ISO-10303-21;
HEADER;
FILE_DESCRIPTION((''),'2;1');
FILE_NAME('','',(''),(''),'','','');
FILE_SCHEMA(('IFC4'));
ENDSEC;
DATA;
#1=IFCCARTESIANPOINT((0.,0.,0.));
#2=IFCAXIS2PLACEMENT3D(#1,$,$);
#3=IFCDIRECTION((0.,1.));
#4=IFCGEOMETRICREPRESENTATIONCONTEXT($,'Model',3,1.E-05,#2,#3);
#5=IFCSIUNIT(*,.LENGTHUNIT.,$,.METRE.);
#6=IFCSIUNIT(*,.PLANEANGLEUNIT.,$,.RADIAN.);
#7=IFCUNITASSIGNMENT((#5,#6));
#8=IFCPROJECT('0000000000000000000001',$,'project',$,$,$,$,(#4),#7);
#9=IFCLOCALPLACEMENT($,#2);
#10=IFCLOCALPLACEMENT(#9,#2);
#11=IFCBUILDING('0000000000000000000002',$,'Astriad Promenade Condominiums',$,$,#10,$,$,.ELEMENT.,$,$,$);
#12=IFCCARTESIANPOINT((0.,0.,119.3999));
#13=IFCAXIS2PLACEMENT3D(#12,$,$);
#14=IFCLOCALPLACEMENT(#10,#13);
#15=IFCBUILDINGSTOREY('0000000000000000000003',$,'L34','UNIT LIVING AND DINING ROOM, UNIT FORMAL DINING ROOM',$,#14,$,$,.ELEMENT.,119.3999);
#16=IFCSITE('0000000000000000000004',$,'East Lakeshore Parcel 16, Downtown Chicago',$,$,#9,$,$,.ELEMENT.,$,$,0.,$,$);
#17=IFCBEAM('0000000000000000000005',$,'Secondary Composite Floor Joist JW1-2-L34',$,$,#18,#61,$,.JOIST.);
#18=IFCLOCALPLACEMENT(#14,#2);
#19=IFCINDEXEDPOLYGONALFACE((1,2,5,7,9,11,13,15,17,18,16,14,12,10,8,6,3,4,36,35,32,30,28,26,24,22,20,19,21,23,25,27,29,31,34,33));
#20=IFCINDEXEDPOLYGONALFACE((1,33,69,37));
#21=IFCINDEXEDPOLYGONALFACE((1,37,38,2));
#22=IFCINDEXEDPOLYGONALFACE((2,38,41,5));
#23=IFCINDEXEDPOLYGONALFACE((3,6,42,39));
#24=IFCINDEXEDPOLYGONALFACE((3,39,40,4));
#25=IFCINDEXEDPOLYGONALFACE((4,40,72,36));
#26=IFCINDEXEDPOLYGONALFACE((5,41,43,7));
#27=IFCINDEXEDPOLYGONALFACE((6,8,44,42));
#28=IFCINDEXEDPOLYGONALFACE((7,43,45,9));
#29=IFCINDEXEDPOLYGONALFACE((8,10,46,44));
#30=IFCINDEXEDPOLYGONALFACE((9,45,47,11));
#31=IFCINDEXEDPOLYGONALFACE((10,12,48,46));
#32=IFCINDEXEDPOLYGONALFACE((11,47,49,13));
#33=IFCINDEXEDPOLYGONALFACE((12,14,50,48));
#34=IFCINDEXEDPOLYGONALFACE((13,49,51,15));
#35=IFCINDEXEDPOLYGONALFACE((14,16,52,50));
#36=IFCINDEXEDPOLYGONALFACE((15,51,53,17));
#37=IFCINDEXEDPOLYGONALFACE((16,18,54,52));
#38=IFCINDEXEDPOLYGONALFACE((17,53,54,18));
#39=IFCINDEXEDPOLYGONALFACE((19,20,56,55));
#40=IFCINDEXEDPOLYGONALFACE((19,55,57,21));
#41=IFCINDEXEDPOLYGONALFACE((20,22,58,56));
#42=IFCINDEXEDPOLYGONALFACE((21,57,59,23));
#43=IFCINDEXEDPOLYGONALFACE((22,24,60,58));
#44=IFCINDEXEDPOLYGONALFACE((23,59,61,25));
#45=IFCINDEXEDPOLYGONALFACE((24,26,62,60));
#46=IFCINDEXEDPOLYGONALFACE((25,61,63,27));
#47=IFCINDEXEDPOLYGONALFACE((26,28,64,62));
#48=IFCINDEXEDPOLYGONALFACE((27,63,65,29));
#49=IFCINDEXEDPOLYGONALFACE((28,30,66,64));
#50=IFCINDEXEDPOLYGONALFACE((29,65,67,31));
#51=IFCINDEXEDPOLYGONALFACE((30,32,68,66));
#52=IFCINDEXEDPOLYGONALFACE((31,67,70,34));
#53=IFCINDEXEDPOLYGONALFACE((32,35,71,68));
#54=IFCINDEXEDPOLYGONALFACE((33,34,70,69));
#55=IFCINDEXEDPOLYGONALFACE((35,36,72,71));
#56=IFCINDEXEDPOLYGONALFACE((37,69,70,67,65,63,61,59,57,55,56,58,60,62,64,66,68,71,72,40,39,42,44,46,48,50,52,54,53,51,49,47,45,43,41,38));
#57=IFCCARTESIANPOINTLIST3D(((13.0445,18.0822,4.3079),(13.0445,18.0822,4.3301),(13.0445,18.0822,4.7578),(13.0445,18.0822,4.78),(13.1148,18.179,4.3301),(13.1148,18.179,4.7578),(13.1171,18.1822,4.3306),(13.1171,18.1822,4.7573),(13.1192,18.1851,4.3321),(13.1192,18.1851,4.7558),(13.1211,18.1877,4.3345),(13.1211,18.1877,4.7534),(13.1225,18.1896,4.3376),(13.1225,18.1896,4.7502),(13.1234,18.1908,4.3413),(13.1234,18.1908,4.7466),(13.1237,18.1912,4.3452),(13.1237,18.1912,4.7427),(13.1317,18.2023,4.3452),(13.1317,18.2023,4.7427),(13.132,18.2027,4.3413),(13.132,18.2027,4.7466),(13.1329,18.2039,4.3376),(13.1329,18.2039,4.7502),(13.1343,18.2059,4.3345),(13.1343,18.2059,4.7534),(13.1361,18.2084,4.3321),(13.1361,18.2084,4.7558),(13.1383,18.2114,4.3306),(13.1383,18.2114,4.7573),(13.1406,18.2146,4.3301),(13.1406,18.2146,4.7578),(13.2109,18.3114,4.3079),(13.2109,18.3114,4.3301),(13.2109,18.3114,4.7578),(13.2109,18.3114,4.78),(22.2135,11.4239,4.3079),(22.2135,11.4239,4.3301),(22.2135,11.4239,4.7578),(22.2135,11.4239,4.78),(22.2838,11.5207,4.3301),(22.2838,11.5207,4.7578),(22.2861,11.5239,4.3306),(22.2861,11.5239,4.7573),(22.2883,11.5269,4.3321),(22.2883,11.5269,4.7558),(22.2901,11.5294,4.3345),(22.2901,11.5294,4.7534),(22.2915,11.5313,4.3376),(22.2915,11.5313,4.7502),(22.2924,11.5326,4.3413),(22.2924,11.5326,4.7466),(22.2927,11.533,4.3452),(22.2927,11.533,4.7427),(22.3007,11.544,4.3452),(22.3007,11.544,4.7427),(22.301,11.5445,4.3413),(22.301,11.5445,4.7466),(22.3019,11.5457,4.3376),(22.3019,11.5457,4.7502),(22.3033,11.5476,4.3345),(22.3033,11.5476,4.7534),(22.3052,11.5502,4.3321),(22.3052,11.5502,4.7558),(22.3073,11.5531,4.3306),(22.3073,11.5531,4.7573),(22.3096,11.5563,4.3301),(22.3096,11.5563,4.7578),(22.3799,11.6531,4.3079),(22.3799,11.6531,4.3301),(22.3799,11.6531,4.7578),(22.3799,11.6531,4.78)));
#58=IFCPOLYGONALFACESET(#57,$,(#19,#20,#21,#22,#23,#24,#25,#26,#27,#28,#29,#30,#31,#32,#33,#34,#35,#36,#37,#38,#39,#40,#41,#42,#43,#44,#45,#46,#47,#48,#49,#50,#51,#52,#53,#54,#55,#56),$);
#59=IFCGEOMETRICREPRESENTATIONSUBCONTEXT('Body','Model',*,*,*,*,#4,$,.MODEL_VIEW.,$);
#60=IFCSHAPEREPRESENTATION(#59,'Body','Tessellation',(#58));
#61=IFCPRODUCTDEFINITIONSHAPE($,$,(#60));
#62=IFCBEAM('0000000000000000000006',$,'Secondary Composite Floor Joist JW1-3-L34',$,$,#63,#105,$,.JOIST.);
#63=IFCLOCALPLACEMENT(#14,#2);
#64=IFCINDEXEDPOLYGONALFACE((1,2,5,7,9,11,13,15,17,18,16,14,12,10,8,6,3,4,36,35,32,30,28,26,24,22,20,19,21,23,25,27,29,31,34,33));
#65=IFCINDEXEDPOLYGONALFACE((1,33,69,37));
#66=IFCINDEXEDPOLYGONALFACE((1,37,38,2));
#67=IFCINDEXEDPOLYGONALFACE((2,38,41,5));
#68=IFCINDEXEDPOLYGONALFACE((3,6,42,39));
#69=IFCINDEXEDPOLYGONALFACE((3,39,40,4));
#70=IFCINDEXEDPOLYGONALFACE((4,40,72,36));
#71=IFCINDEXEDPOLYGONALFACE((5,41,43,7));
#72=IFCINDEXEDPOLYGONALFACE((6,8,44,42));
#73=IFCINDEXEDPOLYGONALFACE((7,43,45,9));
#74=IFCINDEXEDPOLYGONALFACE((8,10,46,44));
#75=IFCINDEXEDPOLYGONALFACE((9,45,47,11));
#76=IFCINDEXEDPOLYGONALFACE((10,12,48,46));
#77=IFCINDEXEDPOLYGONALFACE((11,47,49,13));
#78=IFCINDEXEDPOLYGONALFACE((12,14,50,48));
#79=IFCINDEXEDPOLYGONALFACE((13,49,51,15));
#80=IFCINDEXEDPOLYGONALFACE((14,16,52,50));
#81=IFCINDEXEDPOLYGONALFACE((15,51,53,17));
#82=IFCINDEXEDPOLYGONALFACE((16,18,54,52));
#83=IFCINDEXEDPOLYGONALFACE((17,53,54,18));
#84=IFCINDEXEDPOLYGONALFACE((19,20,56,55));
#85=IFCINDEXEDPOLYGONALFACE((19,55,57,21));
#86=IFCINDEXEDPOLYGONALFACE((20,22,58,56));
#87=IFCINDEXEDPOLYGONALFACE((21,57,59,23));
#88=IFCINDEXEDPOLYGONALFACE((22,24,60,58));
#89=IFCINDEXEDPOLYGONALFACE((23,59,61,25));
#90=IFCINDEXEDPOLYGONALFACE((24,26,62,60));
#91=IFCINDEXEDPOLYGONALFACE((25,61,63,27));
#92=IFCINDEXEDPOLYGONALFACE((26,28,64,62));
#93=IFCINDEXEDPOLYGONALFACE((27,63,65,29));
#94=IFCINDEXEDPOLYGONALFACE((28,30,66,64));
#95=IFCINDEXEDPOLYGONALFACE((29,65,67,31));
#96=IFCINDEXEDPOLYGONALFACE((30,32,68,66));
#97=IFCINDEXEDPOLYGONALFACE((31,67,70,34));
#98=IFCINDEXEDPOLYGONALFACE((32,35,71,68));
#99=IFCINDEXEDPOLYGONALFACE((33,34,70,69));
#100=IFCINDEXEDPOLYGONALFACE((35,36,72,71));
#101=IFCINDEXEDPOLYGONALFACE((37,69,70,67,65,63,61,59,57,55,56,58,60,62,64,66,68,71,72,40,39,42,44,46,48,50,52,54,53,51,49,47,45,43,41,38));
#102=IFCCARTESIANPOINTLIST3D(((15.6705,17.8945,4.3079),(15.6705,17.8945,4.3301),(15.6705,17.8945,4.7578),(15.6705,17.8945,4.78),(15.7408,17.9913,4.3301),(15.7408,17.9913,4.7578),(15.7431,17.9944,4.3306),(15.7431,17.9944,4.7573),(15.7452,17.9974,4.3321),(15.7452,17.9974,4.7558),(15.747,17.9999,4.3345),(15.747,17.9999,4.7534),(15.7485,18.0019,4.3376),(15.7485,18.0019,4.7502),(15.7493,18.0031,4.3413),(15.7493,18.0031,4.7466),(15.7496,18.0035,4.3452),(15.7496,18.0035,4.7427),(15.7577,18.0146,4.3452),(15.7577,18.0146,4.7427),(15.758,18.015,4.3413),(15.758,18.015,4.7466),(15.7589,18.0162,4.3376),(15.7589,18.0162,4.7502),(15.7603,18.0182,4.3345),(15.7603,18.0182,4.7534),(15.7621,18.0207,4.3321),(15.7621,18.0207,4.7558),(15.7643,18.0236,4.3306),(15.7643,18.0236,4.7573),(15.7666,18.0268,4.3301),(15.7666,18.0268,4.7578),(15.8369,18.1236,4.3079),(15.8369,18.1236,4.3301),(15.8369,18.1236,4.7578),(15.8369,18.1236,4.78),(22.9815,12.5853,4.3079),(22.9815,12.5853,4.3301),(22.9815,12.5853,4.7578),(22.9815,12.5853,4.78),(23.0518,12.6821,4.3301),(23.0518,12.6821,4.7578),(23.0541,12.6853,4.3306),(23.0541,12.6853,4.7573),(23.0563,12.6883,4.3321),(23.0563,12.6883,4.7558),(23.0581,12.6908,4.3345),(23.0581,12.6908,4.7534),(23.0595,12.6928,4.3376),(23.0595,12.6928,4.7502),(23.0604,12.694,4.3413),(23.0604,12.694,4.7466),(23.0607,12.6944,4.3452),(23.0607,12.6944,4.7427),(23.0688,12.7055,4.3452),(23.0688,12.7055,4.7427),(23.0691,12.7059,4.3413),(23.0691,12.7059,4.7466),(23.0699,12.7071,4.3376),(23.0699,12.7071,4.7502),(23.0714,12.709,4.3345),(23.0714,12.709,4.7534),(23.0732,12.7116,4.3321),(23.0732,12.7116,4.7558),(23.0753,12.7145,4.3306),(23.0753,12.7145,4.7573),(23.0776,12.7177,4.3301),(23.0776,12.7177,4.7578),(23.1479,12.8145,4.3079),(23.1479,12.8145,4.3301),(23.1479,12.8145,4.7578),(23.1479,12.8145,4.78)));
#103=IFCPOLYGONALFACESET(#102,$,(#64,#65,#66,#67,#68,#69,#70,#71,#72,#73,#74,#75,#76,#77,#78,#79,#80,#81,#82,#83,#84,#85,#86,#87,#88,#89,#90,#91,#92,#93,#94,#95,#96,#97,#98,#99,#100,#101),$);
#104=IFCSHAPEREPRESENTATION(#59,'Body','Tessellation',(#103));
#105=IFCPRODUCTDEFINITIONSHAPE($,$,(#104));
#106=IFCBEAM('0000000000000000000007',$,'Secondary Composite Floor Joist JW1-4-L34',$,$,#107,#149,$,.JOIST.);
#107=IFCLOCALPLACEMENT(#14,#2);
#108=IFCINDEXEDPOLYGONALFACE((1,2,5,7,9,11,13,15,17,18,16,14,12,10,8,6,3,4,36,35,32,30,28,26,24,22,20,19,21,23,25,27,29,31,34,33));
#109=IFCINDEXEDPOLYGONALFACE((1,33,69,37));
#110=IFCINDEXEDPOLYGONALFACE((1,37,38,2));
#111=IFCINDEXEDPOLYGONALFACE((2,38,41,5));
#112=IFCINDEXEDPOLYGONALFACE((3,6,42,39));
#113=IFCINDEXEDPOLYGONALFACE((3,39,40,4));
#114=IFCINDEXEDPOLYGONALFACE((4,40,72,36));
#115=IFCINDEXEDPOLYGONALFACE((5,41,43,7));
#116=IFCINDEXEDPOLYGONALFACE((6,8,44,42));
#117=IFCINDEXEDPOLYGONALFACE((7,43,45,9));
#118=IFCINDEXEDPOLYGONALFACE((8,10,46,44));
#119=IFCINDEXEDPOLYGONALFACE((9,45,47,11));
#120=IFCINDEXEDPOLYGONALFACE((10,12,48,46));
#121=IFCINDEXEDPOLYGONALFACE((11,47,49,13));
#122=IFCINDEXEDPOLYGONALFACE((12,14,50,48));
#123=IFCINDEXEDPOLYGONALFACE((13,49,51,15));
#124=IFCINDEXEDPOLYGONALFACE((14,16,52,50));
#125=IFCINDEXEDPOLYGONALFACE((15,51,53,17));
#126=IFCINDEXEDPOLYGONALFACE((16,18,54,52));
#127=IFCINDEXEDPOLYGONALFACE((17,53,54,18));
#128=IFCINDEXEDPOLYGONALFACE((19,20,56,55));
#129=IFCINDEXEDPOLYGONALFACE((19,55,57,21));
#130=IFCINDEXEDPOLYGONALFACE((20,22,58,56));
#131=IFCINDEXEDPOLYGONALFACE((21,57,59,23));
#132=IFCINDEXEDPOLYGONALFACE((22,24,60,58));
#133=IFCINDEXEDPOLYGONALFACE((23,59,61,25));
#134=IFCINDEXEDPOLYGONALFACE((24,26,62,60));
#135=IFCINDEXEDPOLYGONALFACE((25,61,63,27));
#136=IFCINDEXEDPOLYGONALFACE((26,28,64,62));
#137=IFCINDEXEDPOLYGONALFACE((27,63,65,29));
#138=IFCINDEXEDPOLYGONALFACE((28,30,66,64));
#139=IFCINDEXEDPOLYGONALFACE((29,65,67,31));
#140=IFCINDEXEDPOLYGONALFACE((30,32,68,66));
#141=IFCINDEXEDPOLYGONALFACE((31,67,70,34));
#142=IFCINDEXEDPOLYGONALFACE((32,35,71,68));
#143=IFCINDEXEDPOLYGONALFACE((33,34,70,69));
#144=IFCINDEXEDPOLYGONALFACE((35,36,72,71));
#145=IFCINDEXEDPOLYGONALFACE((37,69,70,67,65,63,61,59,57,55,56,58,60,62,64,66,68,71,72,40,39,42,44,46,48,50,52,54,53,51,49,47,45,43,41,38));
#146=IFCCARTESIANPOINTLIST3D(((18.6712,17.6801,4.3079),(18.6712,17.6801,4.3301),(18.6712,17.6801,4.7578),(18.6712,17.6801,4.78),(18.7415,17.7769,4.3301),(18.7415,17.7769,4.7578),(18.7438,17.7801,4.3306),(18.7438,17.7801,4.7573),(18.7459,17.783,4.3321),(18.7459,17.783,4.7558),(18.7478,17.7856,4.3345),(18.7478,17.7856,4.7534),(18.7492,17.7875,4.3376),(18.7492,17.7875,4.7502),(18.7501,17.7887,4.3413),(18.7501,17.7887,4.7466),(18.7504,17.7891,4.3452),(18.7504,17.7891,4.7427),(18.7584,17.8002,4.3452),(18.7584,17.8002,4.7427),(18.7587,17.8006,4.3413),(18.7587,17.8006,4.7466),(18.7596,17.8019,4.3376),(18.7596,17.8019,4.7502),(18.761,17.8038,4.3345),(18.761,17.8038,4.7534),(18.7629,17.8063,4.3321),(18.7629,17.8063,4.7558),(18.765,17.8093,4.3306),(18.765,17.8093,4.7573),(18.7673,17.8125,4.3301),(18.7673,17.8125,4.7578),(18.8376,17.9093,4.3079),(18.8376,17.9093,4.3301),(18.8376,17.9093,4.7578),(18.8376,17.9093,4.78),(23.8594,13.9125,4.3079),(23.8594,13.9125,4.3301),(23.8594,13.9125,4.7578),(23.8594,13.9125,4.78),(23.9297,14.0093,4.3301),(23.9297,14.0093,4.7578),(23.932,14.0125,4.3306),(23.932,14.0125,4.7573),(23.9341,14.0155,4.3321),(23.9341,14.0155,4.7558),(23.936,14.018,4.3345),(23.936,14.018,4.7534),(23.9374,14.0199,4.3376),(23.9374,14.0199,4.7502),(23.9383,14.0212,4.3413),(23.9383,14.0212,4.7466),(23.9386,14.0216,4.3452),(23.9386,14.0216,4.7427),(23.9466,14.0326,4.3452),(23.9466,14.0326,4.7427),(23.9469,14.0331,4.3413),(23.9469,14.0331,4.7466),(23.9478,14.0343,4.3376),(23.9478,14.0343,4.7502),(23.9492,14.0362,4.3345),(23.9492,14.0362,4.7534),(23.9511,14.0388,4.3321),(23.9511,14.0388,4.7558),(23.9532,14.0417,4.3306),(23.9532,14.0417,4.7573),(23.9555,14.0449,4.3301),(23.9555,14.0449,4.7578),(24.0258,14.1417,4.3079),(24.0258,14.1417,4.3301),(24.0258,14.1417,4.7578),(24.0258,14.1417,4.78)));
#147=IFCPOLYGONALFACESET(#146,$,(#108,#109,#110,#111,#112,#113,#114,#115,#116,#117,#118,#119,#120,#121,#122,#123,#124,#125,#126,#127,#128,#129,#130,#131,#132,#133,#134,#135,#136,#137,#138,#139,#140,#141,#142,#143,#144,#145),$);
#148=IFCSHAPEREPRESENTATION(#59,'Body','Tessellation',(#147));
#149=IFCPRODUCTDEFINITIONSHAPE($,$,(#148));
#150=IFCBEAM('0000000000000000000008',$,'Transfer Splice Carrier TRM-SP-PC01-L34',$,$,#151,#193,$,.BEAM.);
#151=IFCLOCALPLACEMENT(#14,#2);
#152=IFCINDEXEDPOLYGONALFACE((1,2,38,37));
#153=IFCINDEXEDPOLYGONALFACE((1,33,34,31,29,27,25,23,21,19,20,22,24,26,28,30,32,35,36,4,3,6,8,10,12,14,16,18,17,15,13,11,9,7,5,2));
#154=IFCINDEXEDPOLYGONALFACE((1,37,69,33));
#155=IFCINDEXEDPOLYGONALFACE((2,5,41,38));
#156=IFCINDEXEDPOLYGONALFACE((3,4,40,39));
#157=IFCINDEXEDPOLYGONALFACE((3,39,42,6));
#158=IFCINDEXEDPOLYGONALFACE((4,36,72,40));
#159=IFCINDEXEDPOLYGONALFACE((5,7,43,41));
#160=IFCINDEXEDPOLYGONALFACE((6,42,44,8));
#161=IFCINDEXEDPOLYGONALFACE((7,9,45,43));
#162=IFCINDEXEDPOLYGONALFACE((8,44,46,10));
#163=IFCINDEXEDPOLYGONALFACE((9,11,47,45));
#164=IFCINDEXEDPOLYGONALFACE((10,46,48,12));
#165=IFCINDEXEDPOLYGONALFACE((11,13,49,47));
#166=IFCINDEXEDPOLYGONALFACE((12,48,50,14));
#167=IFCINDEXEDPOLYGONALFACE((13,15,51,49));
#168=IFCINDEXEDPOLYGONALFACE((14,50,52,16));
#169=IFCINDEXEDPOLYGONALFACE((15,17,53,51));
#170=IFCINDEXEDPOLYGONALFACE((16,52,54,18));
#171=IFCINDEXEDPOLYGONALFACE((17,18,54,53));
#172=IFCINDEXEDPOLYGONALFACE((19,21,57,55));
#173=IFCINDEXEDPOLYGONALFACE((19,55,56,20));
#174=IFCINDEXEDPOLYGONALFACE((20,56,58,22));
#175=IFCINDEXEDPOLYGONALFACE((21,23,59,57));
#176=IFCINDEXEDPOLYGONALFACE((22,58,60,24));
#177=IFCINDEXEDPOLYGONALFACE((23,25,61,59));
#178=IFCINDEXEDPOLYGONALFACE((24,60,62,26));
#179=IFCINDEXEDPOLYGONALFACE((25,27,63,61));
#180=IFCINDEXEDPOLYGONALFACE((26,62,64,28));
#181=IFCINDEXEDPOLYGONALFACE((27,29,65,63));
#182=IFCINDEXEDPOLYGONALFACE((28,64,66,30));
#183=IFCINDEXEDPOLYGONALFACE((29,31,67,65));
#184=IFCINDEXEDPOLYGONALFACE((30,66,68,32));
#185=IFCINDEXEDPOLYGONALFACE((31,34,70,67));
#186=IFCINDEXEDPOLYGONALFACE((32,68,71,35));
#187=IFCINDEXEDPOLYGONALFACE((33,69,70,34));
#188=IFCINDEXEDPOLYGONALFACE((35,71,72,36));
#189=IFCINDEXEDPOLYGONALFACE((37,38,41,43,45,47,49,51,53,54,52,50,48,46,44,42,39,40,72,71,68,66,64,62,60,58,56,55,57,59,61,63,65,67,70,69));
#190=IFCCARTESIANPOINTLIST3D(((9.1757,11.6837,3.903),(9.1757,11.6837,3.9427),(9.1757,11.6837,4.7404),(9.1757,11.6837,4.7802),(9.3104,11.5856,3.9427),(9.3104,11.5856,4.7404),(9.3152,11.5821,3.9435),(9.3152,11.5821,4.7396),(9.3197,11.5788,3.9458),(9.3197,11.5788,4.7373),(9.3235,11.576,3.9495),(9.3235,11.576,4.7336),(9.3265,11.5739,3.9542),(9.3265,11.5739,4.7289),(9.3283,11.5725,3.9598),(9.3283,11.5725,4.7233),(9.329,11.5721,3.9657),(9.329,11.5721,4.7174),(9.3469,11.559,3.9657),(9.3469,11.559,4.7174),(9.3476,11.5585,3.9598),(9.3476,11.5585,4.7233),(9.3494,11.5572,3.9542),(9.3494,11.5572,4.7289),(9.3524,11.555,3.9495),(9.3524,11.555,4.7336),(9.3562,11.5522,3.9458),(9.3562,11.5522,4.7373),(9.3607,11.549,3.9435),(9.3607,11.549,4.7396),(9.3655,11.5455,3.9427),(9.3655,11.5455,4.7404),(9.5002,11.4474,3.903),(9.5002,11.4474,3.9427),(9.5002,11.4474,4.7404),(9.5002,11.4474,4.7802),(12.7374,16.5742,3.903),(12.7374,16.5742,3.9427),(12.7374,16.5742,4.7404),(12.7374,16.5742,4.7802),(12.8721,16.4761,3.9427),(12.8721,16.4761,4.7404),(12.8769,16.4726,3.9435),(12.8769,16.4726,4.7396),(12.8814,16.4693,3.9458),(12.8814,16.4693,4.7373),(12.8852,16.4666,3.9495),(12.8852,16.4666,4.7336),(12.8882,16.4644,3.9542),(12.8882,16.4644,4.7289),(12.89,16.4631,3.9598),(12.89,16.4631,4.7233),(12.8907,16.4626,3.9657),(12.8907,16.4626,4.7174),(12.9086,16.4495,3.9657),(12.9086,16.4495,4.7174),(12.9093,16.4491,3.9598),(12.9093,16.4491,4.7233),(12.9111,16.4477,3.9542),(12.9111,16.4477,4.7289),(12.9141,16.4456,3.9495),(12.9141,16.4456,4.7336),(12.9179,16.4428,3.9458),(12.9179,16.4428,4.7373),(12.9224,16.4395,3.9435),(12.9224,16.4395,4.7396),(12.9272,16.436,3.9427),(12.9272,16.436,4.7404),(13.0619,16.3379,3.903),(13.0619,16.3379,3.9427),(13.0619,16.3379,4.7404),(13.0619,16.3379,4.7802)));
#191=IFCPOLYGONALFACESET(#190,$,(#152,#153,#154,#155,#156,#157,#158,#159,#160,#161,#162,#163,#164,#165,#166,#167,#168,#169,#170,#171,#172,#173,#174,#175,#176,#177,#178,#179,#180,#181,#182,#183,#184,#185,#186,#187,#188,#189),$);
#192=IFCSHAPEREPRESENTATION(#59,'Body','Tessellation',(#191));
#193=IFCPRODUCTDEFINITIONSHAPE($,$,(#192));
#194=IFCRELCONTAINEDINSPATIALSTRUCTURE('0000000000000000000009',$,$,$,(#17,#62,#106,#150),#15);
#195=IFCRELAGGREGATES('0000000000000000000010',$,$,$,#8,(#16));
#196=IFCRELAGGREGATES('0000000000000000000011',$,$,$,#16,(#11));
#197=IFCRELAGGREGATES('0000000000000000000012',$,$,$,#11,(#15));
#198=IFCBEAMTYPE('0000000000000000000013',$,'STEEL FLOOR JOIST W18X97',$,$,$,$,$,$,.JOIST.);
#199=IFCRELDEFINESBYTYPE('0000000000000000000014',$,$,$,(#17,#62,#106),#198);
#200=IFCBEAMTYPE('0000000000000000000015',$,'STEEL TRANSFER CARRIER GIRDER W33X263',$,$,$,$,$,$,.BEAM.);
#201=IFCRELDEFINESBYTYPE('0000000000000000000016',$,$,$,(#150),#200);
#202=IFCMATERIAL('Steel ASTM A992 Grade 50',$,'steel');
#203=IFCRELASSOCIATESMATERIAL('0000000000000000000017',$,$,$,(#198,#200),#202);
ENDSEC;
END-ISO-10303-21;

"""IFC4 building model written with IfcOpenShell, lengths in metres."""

from ifc_helpers import new_model, si_unit, direction, frame, origin, origin_2d, place, context, subcontext, project, spatial, i_section, extrude, source, transform, mapped, material, material_profile, profile_set, type_object, type_shapes, element, save


model = new_model("IFC4")

# Units and contexts
model_context = context("Model", 3, precision=1e-05, world=origin(), true_north=direction((0.0, 1.0)))
body_context = subcontext(model_context, "Body", "Model", "MODEL_VIEW")
ifc_project = project(units=[si_unit("LENGTHUNIT", "METRE"), si_unit("PLANEANGLEUNIT", "RADIAN")], contexts=[model_context])

# Site, building, storey
site_placement = place(None, origin())
site = spatial("IfcSite", under=ifc_project, at=site_placement, Name="East Lakeshore Parcel 16, Downtown Chicago", CompositionType="ELEMENT", RefElevation=0.0)
building_placement = place(site_placement, origin())
building = spatial("IfcBuilding", under=site, at=building_placement, Name="Astriad Promenade Condominiums", CompositionType="ELEMENT")
storey_placement = place(building_placement, frame((0.0, 0.0, 119.3999)))
storey = spatial("IfcBuildingStorey", under=building, at=storey_placement, Name="L34", Description="UNIT LIVING AND DINING ROOM, UNIT FORMAL DINING ROOM", CompositionType="ELEMENT", Elevation=119.3999)

# Shared definitions
ifc_material_1 = material(Name="Steel ASTM A992 Grade 50", Category="steel")

# Beams
ifc_material_profile_1 = material_profile(ifc_material_1, i_section(OverallWidth=0.2832, OverallDepth=0.4722, WebThickness=0.0137, FlangeThickness=0.0222, FilletRadius=0.0151, at=origin_2d()), Name="W18X97")
ifc_profile_set_1 = profile_set([ifc_material_profile_1], Name="Steel ASTM A992 Grade 50")
beam_type_1 = type_object("IfcBeamType", Name="STEEL FLOOR JOIST W18X97", PredefinedType="JOIST", material=ifc_profile_set_1)
shared_shape_1 = source(origin(), body_context, "Body", "SweptSolid", [
    extrude(i_section(OverallWidth=0.2832, OverallDepth=0.4722, WebThickness=0.0137, FlangeThickness=0.0222, FilletRadius=0.0151, at=origin_2d()), origin(), (0.0, 0.0, 1.0), 11.3315),
])
beam_1_placement = place(storey_placement, frame((13.1277, 18.1968, 4.5439), z_axis=(0.809161, -0.587587, 0.0), x_axis=(0.587587, 0.809161, 0.0)))
element("IfcBeam", 1, at=beam_1_placement, inside=storey, type_object=beam_type_1, Name="Secondary Composite Floor Joist JW1-2-L34", PredefinedType="JOIST", context=body_context, shape_type="MappedRepresentation", body=[
    mapped(shared_shape_1, transform((0.0, 0.0, 0.0), scale=1.0)),
])
shared_shape_2 = source(origin(), body_context, "Body", "SweptSolid", [
    extrude(i_section(OverallWidth=0.2832, OverallDepth=0.4722, WebThickness=0.0137, FlangeThickness=0.0222, FilletRadius=0.0151, at=origin_2d()), origin(), (0.0, 0.0, 1.0), 9.0354),
])
beam_2_placement = place(storey_placement, frame((15.7537, 18.009, 4.5439), z_axis=(0.809159, -0.58759, 0.0), x_axis=(0.58759, 0.809159, 0.0)))
element("IfcBeam", 2, at=beam_2_placement, inside=storey, type_object=beam_type_1, Name="Secondary Composite Floor Joist JW1-3-L34", PredefinedType="JOIST", context=body_context, shape_type="MappedRepresentation", body=[
    mapped(shared_shape_2, transform((0.0, 0.0, 0.0), scale=1.0)),
])
shared_shape_3 = source(origin(), body_context, "Body", "SweptSolid", [
    extrude(i_section(OverallWidth=0.2832, OverallDepth=0.4722, WebThickness=0.0137, FlangeThickness=0.0222, FilletRadius=0.0151, at=origin_2d()), origin(), (0.0, 0.0, 1.0), 6.4119),
])
type_shapes(beam_type_1, [shared_shape_1, shared_shape_2, shared_shape_3])
beam_3_placement = place(storey_placement, frame((18.7544, 17.7947, 4.5439), z_axis=(0.809157, -0.587592, 0.0), x_axis=(0.587592, 0.809157, 0.0)))
element("IfcBeam", 3, at=beam_3_placement, inside=storey, type_object=beam_type_1, Name="Secondary Composite Floor Joist JW1-4-L34", PredefinedType="JOIST", context=body_context, shape_type="MappedRepresentation", body=[
    mapped(shared_shape_3, transform((0.0, 0.0, 0.0), scale=1.0)),
])
ifc_material_profile_2 = material_profile(ifc_material_1, i_section(OverallWidth=0.4014, OverallDepth=0.8772, WebThickness=0.0222, FlangeThickness=0.0398, FilletRadius=0.0229, at=origin_2d()), Name="W33X263")
ifc_profile_set_2 = profile_set([ifc_material_profile_2], Name="Steel ASTM A992 Grade 50")
beam_type_2 = type_object("IfcBeamType", Name="STEEL TRANSFER CARRIER GIRDER W33X263", PredefinedType="BEAM", material=ifc_profile_set_2)
shared_shape_4 = source(origin(), body_context, "Body", "SweptSolid", [
    extrude(i_section(OverallWidth=0.4014, OverallDepth=0.8772, WebThickness=0.0222, FlangeThickness=0.0398, FilletRadius=0.0229, at=origin_2d()), origin(), (0.0, 0.0, 1.0), 6.05),
])
beam_4_placement = place(storey_placement, frame((12.8997, 16.4561, 4.3416), z_axis=(-0.588707, -0.808347, 0.0), x_axis=(0.808347, -0.588707, 0.0)))
element("IfcBeam", 4, at=beam_4_placement, inside=storey, type_object=beam_type_2, Name="Transfer Splice Carrier TRM-SP-PC01-L34", PredefinedType="BEAM", context=body_context, shape_type="MappedRepresentation", body=[
    mapped(shared_shape_4, transform((0.0, 0.0, 0.0), scale=1.0)),
])

save(model, "model.ifc")
